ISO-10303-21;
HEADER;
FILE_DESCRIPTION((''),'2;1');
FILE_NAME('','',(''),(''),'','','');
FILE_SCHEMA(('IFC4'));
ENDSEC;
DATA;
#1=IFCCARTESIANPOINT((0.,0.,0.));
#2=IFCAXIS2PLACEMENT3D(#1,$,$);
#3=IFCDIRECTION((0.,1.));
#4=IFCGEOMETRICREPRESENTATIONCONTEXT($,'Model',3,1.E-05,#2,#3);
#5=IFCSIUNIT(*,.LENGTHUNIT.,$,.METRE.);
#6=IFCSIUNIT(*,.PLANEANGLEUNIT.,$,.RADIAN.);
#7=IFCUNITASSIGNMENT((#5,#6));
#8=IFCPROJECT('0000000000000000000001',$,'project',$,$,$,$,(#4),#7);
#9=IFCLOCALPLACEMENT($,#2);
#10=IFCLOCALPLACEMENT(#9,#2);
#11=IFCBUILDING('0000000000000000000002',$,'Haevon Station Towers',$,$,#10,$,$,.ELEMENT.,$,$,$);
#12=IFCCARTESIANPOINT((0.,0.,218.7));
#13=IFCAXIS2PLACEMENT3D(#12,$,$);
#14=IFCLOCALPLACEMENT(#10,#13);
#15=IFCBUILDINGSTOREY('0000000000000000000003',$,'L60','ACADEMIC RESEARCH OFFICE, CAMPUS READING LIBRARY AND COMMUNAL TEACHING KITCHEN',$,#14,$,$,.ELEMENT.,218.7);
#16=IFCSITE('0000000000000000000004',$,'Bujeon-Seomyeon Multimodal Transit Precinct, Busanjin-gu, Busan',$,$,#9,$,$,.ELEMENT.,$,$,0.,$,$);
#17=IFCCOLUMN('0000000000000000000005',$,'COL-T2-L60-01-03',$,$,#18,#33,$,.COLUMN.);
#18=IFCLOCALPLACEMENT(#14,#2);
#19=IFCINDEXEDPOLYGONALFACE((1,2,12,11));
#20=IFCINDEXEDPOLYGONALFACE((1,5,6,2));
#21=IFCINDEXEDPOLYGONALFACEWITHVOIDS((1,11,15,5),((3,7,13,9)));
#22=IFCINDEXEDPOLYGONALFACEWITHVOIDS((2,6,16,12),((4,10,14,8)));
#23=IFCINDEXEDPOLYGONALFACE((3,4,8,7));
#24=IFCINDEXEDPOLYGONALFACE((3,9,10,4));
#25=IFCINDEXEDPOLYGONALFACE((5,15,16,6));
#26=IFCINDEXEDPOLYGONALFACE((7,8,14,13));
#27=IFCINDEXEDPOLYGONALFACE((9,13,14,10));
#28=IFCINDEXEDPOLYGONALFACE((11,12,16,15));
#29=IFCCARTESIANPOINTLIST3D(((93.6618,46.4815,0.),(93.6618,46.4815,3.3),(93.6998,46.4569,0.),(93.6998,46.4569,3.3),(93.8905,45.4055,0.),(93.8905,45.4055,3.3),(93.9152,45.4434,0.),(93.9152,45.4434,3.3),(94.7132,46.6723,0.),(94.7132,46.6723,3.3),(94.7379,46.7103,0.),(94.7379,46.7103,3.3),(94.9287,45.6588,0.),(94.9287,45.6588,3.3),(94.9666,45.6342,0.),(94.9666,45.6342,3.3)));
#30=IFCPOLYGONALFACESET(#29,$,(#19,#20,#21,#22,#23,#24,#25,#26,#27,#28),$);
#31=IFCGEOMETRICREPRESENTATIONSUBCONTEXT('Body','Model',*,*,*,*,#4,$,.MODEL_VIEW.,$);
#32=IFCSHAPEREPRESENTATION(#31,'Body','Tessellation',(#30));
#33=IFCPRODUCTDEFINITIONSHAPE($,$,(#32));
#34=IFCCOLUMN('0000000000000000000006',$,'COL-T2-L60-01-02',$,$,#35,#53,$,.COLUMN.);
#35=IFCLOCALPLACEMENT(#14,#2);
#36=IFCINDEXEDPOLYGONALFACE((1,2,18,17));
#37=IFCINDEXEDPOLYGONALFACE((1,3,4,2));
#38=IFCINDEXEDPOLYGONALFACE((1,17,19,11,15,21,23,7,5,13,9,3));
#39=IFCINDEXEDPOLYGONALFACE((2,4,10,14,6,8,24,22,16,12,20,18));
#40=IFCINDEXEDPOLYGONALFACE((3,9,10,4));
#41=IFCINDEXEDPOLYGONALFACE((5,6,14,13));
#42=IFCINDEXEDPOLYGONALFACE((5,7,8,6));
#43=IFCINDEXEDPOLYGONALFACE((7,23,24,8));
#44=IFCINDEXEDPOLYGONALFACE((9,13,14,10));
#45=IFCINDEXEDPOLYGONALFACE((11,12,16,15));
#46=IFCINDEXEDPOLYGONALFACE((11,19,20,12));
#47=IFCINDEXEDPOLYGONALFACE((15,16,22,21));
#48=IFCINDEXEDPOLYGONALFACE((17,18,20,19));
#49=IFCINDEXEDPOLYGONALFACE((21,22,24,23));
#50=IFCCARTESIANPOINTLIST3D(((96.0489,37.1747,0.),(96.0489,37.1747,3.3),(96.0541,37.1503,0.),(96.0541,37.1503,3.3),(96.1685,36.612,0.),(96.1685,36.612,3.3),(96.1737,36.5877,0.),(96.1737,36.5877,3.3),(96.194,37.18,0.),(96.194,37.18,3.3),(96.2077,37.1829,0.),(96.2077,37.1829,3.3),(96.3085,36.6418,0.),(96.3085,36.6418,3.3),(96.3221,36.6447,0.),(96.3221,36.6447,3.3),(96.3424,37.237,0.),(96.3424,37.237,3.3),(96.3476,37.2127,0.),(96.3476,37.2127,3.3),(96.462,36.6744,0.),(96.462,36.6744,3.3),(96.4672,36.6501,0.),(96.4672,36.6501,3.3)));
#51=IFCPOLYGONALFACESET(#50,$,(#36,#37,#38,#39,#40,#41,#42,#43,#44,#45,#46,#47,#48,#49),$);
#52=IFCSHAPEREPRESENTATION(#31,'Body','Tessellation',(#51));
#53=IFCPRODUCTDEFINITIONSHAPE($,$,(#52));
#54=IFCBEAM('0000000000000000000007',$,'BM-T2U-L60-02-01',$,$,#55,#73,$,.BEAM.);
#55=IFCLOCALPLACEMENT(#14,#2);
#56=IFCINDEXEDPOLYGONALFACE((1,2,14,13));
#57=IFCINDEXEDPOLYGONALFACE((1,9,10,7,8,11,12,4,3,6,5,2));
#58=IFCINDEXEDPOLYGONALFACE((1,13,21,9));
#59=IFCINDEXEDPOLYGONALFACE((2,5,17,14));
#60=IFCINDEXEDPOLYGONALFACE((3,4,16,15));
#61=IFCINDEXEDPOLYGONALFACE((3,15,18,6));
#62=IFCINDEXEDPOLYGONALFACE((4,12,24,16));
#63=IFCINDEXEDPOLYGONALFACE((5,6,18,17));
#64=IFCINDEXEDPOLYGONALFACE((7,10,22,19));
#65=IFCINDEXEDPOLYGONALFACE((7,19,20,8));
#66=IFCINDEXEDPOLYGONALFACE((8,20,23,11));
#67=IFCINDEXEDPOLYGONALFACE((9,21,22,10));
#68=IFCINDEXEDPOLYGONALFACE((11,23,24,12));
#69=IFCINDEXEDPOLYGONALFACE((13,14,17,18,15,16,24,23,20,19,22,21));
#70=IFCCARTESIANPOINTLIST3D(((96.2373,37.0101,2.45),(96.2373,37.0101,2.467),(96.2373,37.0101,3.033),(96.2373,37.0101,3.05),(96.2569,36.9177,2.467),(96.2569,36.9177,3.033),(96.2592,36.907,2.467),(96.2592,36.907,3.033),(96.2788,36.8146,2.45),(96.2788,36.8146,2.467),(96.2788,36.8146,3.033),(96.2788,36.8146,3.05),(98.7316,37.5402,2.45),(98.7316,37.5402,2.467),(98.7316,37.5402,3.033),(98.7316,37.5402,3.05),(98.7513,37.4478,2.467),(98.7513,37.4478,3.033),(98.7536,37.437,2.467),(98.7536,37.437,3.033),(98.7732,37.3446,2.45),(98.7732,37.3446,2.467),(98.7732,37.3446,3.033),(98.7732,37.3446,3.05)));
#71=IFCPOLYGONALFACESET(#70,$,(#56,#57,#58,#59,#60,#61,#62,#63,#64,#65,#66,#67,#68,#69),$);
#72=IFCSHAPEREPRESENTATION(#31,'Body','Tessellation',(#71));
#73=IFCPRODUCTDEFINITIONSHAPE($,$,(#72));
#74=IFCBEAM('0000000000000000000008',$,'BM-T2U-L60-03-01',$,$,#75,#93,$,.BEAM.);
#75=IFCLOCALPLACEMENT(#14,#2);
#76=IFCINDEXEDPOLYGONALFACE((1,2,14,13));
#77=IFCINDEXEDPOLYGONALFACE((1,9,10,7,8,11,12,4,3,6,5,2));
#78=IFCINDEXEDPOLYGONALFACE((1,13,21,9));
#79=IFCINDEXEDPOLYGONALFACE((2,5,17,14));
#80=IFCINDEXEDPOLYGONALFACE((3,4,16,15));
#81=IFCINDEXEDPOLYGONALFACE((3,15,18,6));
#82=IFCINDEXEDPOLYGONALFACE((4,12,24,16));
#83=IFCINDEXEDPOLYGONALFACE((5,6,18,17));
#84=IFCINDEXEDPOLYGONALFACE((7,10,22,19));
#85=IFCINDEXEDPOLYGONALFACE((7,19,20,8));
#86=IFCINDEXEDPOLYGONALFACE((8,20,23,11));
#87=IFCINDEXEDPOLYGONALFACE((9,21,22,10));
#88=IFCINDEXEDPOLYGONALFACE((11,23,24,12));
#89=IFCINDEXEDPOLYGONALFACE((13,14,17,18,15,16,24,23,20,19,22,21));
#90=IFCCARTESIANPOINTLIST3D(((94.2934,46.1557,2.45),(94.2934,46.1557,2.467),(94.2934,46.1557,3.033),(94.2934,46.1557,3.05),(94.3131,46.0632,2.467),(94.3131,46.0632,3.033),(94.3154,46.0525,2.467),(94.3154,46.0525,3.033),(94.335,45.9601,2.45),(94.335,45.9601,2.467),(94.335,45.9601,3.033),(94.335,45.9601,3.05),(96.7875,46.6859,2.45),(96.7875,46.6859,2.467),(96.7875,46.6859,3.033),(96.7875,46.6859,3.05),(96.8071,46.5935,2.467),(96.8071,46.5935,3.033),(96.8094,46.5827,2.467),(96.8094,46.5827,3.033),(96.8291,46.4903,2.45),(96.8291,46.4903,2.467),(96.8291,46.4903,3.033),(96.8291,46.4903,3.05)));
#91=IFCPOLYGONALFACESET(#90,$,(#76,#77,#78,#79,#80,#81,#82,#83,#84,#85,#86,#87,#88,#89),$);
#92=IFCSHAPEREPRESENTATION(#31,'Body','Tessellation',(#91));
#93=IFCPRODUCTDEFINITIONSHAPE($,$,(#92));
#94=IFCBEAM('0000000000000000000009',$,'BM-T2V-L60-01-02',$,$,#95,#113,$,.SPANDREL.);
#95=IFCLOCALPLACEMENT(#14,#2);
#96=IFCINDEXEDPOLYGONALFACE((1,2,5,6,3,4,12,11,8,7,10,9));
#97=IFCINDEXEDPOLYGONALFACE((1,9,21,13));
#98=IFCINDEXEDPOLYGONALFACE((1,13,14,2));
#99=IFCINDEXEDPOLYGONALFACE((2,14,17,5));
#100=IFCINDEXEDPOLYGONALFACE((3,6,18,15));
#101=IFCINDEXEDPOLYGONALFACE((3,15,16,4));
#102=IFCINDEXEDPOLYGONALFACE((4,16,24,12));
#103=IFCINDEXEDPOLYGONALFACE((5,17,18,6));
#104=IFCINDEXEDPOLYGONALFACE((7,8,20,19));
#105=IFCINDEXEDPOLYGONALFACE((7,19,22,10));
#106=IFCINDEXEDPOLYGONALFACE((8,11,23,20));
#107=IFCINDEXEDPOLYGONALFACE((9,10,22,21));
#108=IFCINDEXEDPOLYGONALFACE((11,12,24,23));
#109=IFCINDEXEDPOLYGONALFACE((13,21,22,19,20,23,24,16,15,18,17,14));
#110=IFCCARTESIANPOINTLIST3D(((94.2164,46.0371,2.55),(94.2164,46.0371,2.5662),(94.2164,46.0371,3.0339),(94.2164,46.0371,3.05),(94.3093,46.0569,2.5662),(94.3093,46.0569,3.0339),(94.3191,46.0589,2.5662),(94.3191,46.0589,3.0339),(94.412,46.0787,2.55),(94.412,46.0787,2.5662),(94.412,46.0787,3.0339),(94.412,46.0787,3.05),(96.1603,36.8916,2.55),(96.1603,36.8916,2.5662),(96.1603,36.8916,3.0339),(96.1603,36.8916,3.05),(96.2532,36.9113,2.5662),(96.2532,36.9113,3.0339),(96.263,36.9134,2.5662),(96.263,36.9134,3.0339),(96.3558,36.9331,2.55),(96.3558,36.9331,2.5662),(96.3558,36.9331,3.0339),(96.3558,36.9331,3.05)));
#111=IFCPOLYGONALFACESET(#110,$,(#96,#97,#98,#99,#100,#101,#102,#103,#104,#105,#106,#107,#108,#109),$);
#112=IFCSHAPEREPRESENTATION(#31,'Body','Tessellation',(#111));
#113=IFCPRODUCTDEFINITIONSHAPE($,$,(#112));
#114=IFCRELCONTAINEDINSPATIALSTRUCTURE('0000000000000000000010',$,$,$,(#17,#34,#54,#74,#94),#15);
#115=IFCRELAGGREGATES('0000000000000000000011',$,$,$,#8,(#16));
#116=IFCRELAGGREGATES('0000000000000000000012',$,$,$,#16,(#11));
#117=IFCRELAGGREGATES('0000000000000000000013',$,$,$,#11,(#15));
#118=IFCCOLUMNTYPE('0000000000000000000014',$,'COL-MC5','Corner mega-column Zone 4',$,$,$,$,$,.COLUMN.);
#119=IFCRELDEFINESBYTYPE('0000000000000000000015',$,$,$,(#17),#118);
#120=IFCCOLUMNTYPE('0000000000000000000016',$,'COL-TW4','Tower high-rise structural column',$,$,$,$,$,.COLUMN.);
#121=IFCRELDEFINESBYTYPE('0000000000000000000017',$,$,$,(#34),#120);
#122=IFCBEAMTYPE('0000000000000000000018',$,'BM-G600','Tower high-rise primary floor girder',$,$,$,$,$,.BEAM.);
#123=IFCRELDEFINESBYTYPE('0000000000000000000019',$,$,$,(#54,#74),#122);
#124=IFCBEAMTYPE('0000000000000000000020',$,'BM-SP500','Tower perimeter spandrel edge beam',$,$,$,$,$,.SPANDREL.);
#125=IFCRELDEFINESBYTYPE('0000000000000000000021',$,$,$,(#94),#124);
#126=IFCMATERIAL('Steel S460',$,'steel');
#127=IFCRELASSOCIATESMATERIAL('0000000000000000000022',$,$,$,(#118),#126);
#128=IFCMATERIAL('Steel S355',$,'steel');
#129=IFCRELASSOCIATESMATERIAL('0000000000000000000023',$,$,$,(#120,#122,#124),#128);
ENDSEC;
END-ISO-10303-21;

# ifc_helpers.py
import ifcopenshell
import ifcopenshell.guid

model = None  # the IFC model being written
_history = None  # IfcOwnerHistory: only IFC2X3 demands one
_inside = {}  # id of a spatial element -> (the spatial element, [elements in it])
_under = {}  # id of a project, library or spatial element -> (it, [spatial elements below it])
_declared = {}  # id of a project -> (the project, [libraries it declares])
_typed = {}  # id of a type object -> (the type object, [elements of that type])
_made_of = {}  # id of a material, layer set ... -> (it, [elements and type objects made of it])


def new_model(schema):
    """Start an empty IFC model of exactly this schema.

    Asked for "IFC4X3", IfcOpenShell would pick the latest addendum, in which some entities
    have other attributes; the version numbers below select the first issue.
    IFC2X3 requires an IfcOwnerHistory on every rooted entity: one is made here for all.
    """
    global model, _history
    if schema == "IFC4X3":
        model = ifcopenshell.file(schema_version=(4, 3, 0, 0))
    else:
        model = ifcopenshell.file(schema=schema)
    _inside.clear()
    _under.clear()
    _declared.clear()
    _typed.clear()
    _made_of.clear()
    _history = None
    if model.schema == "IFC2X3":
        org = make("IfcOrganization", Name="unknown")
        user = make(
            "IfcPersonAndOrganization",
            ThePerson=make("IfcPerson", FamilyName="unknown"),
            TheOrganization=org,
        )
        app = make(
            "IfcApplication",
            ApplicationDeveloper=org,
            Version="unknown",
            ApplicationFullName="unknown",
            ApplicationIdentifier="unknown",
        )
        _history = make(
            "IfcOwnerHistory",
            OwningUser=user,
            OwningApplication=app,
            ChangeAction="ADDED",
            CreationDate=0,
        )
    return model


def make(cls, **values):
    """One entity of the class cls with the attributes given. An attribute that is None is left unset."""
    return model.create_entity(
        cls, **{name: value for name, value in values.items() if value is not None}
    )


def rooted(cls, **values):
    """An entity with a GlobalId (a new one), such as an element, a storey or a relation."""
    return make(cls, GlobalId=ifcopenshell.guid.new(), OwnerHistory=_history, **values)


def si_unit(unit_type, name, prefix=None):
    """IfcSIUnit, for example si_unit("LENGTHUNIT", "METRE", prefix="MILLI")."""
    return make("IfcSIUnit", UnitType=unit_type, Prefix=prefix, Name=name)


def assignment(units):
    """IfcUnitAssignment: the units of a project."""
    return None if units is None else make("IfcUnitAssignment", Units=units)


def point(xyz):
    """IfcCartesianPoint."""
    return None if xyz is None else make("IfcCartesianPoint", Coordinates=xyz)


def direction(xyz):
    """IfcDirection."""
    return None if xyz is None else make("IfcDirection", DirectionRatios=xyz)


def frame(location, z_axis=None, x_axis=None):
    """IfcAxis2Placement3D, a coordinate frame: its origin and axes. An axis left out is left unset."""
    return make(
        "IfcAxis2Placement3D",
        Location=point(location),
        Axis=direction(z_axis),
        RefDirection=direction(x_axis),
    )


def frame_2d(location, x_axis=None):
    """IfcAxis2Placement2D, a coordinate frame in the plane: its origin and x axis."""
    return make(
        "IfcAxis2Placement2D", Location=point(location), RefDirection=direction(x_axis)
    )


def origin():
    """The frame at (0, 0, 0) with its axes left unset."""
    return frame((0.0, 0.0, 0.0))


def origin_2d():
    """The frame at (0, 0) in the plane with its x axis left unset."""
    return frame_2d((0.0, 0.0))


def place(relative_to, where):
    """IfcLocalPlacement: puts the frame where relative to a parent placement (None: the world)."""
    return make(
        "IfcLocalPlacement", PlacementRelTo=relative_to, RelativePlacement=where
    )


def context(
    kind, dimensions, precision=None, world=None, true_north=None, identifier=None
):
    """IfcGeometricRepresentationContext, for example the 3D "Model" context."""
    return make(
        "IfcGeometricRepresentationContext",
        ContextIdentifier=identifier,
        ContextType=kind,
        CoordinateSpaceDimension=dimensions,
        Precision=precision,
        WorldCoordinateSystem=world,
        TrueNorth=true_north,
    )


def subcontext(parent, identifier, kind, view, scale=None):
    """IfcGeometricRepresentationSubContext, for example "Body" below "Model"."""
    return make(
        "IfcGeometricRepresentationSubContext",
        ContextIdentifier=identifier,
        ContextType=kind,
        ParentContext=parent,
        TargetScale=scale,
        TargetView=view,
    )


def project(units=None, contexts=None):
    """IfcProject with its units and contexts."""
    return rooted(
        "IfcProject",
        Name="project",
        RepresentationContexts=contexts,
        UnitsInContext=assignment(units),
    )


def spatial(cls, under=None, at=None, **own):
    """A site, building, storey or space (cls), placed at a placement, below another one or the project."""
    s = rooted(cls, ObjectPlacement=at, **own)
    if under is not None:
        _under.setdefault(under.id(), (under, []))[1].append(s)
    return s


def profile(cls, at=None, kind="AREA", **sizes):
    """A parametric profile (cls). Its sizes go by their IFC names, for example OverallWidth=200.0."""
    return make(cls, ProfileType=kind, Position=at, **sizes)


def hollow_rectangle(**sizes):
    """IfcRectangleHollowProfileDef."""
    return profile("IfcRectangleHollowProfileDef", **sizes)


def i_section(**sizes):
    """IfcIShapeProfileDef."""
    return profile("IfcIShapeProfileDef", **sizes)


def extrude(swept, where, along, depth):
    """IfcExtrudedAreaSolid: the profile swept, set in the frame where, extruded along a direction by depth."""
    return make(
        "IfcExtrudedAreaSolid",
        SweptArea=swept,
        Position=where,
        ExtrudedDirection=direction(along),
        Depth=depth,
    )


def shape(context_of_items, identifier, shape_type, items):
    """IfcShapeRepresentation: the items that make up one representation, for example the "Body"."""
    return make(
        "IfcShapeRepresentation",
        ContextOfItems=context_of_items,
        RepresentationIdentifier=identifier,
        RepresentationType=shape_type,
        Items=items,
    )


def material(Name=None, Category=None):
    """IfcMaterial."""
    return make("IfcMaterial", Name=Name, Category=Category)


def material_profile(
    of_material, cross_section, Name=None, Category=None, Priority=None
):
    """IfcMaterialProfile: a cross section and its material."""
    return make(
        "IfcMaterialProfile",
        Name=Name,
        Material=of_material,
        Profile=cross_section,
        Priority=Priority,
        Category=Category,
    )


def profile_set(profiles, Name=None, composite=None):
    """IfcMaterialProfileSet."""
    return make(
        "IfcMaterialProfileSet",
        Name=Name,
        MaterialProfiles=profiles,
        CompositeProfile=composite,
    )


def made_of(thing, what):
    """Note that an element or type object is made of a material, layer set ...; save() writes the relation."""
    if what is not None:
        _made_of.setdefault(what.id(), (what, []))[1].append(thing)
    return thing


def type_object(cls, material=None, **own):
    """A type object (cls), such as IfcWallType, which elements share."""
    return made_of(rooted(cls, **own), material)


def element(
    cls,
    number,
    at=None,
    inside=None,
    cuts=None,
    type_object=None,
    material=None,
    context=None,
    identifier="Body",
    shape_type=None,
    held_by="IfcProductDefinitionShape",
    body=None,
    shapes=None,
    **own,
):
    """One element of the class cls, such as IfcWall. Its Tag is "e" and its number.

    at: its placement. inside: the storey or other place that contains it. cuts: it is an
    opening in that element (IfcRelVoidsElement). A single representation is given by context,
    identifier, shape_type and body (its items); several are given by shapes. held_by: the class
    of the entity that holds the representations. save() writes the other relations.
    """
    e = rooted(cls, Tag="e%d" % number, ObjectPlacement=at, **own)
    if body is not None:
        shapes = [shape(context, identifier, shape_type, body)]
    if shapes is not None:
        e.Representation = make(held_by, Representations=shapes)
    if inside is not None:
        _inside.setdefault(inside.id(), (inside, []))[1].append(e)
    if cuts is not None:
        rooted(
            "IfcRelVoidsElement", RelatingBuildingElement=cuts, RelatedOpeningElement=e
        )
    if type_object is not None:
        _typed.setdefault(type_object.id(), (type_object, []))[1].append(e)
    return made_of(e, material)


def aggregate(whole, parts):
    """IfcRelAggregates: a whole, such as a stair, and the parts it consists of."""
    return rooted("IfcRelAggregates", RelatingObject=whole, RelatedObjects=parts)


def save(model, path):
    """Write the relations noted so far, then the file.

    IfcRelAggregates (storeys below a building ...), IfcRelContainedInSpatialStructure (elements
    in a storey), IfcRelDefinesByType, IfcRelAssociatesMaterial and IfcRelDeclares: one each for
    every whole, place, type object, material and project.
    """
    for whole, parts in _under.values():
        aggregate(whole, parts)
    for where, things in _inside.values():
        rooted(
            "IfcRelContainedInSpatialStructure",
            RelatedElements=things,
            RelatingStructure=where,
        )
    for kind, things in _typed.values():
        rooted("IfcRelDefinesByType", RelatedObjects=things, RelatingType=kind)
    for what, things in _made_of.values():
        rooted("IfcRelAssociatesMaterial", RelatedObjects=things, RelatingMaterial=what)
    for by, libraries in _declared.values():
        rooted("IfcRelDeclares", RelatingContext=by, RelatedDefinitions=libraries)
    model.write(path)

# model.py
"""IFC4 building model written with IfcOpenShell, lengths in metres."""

from ifc_helpers import new_model, si_unit, direction, frame, origin, origin_2d, place, context, subcontext, project, spatial, hollow_rectangle, i_section, extrude, material, material_profile, profile_set, type_object, element, save


model = new_model("IFC4")

# Units and contexts
model_context = context("Model", 3, precision=1e-05, world=origin(), true_north=direction((0.0, 1.0)))
body_context = subcontext(model_context, "Body", "Model", "MODEL_VIEW")
ifc_project = project(units=[si_unit("LENGTHUNIT", "METRE"), si_unit("PLANEANGLEUNIT", "RADIAN")], contexts=[model_context])

# Site, building, storey
site_placement = place(None, origin())
site = spatial("IfcSite", under=ifc_project, at=site_placement, Name="Bujeon-Seomyeon Multimodal Transit Precinct, Busanjin-gu, Busan", CompositionType="ELEMENT", RefElevation=0.0)
building_placement = place(site_placement, origin())
building = spatial("IfcBuilding", under=site, at=building_placement, Name="Haevon Station Towers", CompositionType="ELEMENT")
storey_placement = place(building_placement, frame((0.0, 0.0, 218.7)))
storey = spatial("IfcBuildingStorey", under=building, at=storey_placement, Name="L60", Description="ACADEMIC RESEARCH OFFICE, CAMPUS READING LIBRARY AND COMMUNAL TEACHING KITCHEN", CompositionType="ELEMENT", Elevation=218.7)

# Columns
ifc_material_1 = material(Name="Steel S460", Category="steel")
ifc_material_profile_1 = material_profile(ifc_material_1, hollow_rectangle(XDim=1.1001, YDim=1.1001, WallThickness=0.032, at=origin_2d()), Name="BOX-1100x1100x32")
ifc_profile_set_1 = profile_set([ifc_material_profile_1], Name="Steel S460")
column_type_1 = type_object("IfcColumnType", Name="COL-MC5", Description="Corner mega-column Zone 4", PredefinedType="COLUMN", material=ifc_profile_set_1)
column_1_placement = place(storey_placement, frame((94.3142, 46.0579, 0.0), z_axis=(0.0, 0.0, 1.0), x_axis=(0.978148, 0.207912, 0.0)))
element("IfcColumn", 1, at=column_1_placement, inside=storey, type_object=column_type_1, Name="COL-T2-L60-01-03", PredefinedType="COLUMN", context=body_context, shape_type="SweptSolid", body=[
    extrude(hollow_rectangle(XDim=1.1001, YDim=1.1001, WallThickness=0.032, at=origin_2d()), origin(), (0.0, 0.0, 1.0), 3.3),
])
ifc_material_2 = material(Name="Steel S355", Category="steel")
ifc_material_profile_2 = material_profile(ifc_material_2, i_section(OverallWidth=0.3, OverallDepth=0.6001, WebThickness=0.0139, FlangeThickness=0.0249, at=origin_2d()), Name="H-600x300x14x25")
ifc_profile_set_2 = profile_set([ifc_material_profile_2], Name="Steel S355")
column_type_2 = type_object("IfcColumnType", Name="COL-TW4", Description="Tower high-rise structural column", PredefinedType="COLUMN", material=ifc_profile_set_2)
column_2_placement = place(storey_placement, frame((96.2581, 36.9124, 0.0), z_axis=(0.0, 0.0, 1.0), x_axis=(0.978148, 0.207912, 0.0)))
element("IfcColumn", 2, at=column_2_placement, inside=storey, type_object=column_type_2, Name="COL-T2-L60-01-02", PredefinedType="COLUMN", context=body_context, shape_type="SweptSolid", body=[
    extrude(i_section(OverallWidth=0.3, OverallDepth=0.6001, WebThickness=0.0139, FlangeThickness=0.0249, at=origin_2d()), origin(), (0.0, 0.0, 1.0), 3.3),
])

# Beams
ifc_material_profile_3 = material_profile(ifc_material_2, i_section(OverallWidth=0.2, OverallDepth=0.6001, WebThickness=0.011, FlangeThickness=0.0171, at=origin_2d()), Name="H-600x200x11x17")
ifc_profile_set_3 = profile_set([ifc_material_profile_3], Name="Steel S355")
beam_type_1 = type_object("IfcBeamType", Name="BM-G600", Description="Tower high-rise primary floor girder", PredefinedType="BEAM", material=ifc_profile_set_3)
beam_1_placement = place(storey_placement, frame((96.2581, 36.9124, 2.75), z_axis=(0.978161, 0.207848, 0.0), x_axis=(-0.207848, 0.978161, 0.0)))
element("IfcBeam", 3, at=beam_1_placement, inside=storey, type_object=beam_type_1, Name="BM-T2U-L60-02-01", PredefinedType="BEAM", context=body_context, shape_type="SweptSolid", body=[
    extrude(i_section(OverallWidth=0.2, OverallDepth=0.6001, WebThickness=0.011, FlangeThickness=0.0171, at=origin_2d()), origin(), (0.0, 0.0, 1.0), 2.55),
])
beam_2_placement = place(storey_placement, frame((94.3142, 46.0579, 2.75), z_axis=(0.978137, 0.20796, 0.0), x_axis=(-0.20796, 0.978137, 0.0)))
element("IfcBeam", 4, at=beam_2_placement, inside=storey, type_object=beam_type_1, Name="BM-T2U-L60-03-01", PredefinedType="BEAM", context=body_context, shape_type="SweptSolid", body=[
    extrude(i_section(OverallWidth=0.2, OverallDepth=0.6001, WebThickness=0.011, FlangeThickness=0.0171, at=origin_2d()), origin(), (0.0, 0.0, 1.0), 2.5498),
])
ifc_material_profile_4 = material_profile(ifc_material_2, i_section(OverallWidth=0.2, OverallDepth=0.5, WebThickness=0.01, FlangeThickness=0.0161, at=origin_2d()), Name="H-500x200x10x16")
ifc_profile_set_4 = profile_set([ifc_material_profile_4], Name="Steel S355")
beam_type_2 = type_object("IfcBeamType", Name="BM-SP500", Description="Tower perimeter spandrel edge beam", PredefinedType="SPANDREL", material=ifc_profile_set_4)
beam_3_placement = place(storey_placement, frame((96.2581, 36.9124, 2.8), z_axis=(-0.207902, 0.97815, 0.0), x_axis=(-0.97815, -0.207902, 0.0)))
element("IfcBeam", 5, at=beam_3_placement, inside=storey, type_object=beam_type_2, Name="BM-T2V-L60-01-02", PredefinedType="SPANDREL", context=body_context, shape_type="SweptSolid", body=[
    extrude(i_section(OverallWidth=0.2, OverallDepth=0.5, WebThickness=0.01, FlangeThickness=0.0161, at=origin_2d()), origin(), (0.0, 0.0, 1.0), 9.3499),
])

save(model, "model.ifc")
